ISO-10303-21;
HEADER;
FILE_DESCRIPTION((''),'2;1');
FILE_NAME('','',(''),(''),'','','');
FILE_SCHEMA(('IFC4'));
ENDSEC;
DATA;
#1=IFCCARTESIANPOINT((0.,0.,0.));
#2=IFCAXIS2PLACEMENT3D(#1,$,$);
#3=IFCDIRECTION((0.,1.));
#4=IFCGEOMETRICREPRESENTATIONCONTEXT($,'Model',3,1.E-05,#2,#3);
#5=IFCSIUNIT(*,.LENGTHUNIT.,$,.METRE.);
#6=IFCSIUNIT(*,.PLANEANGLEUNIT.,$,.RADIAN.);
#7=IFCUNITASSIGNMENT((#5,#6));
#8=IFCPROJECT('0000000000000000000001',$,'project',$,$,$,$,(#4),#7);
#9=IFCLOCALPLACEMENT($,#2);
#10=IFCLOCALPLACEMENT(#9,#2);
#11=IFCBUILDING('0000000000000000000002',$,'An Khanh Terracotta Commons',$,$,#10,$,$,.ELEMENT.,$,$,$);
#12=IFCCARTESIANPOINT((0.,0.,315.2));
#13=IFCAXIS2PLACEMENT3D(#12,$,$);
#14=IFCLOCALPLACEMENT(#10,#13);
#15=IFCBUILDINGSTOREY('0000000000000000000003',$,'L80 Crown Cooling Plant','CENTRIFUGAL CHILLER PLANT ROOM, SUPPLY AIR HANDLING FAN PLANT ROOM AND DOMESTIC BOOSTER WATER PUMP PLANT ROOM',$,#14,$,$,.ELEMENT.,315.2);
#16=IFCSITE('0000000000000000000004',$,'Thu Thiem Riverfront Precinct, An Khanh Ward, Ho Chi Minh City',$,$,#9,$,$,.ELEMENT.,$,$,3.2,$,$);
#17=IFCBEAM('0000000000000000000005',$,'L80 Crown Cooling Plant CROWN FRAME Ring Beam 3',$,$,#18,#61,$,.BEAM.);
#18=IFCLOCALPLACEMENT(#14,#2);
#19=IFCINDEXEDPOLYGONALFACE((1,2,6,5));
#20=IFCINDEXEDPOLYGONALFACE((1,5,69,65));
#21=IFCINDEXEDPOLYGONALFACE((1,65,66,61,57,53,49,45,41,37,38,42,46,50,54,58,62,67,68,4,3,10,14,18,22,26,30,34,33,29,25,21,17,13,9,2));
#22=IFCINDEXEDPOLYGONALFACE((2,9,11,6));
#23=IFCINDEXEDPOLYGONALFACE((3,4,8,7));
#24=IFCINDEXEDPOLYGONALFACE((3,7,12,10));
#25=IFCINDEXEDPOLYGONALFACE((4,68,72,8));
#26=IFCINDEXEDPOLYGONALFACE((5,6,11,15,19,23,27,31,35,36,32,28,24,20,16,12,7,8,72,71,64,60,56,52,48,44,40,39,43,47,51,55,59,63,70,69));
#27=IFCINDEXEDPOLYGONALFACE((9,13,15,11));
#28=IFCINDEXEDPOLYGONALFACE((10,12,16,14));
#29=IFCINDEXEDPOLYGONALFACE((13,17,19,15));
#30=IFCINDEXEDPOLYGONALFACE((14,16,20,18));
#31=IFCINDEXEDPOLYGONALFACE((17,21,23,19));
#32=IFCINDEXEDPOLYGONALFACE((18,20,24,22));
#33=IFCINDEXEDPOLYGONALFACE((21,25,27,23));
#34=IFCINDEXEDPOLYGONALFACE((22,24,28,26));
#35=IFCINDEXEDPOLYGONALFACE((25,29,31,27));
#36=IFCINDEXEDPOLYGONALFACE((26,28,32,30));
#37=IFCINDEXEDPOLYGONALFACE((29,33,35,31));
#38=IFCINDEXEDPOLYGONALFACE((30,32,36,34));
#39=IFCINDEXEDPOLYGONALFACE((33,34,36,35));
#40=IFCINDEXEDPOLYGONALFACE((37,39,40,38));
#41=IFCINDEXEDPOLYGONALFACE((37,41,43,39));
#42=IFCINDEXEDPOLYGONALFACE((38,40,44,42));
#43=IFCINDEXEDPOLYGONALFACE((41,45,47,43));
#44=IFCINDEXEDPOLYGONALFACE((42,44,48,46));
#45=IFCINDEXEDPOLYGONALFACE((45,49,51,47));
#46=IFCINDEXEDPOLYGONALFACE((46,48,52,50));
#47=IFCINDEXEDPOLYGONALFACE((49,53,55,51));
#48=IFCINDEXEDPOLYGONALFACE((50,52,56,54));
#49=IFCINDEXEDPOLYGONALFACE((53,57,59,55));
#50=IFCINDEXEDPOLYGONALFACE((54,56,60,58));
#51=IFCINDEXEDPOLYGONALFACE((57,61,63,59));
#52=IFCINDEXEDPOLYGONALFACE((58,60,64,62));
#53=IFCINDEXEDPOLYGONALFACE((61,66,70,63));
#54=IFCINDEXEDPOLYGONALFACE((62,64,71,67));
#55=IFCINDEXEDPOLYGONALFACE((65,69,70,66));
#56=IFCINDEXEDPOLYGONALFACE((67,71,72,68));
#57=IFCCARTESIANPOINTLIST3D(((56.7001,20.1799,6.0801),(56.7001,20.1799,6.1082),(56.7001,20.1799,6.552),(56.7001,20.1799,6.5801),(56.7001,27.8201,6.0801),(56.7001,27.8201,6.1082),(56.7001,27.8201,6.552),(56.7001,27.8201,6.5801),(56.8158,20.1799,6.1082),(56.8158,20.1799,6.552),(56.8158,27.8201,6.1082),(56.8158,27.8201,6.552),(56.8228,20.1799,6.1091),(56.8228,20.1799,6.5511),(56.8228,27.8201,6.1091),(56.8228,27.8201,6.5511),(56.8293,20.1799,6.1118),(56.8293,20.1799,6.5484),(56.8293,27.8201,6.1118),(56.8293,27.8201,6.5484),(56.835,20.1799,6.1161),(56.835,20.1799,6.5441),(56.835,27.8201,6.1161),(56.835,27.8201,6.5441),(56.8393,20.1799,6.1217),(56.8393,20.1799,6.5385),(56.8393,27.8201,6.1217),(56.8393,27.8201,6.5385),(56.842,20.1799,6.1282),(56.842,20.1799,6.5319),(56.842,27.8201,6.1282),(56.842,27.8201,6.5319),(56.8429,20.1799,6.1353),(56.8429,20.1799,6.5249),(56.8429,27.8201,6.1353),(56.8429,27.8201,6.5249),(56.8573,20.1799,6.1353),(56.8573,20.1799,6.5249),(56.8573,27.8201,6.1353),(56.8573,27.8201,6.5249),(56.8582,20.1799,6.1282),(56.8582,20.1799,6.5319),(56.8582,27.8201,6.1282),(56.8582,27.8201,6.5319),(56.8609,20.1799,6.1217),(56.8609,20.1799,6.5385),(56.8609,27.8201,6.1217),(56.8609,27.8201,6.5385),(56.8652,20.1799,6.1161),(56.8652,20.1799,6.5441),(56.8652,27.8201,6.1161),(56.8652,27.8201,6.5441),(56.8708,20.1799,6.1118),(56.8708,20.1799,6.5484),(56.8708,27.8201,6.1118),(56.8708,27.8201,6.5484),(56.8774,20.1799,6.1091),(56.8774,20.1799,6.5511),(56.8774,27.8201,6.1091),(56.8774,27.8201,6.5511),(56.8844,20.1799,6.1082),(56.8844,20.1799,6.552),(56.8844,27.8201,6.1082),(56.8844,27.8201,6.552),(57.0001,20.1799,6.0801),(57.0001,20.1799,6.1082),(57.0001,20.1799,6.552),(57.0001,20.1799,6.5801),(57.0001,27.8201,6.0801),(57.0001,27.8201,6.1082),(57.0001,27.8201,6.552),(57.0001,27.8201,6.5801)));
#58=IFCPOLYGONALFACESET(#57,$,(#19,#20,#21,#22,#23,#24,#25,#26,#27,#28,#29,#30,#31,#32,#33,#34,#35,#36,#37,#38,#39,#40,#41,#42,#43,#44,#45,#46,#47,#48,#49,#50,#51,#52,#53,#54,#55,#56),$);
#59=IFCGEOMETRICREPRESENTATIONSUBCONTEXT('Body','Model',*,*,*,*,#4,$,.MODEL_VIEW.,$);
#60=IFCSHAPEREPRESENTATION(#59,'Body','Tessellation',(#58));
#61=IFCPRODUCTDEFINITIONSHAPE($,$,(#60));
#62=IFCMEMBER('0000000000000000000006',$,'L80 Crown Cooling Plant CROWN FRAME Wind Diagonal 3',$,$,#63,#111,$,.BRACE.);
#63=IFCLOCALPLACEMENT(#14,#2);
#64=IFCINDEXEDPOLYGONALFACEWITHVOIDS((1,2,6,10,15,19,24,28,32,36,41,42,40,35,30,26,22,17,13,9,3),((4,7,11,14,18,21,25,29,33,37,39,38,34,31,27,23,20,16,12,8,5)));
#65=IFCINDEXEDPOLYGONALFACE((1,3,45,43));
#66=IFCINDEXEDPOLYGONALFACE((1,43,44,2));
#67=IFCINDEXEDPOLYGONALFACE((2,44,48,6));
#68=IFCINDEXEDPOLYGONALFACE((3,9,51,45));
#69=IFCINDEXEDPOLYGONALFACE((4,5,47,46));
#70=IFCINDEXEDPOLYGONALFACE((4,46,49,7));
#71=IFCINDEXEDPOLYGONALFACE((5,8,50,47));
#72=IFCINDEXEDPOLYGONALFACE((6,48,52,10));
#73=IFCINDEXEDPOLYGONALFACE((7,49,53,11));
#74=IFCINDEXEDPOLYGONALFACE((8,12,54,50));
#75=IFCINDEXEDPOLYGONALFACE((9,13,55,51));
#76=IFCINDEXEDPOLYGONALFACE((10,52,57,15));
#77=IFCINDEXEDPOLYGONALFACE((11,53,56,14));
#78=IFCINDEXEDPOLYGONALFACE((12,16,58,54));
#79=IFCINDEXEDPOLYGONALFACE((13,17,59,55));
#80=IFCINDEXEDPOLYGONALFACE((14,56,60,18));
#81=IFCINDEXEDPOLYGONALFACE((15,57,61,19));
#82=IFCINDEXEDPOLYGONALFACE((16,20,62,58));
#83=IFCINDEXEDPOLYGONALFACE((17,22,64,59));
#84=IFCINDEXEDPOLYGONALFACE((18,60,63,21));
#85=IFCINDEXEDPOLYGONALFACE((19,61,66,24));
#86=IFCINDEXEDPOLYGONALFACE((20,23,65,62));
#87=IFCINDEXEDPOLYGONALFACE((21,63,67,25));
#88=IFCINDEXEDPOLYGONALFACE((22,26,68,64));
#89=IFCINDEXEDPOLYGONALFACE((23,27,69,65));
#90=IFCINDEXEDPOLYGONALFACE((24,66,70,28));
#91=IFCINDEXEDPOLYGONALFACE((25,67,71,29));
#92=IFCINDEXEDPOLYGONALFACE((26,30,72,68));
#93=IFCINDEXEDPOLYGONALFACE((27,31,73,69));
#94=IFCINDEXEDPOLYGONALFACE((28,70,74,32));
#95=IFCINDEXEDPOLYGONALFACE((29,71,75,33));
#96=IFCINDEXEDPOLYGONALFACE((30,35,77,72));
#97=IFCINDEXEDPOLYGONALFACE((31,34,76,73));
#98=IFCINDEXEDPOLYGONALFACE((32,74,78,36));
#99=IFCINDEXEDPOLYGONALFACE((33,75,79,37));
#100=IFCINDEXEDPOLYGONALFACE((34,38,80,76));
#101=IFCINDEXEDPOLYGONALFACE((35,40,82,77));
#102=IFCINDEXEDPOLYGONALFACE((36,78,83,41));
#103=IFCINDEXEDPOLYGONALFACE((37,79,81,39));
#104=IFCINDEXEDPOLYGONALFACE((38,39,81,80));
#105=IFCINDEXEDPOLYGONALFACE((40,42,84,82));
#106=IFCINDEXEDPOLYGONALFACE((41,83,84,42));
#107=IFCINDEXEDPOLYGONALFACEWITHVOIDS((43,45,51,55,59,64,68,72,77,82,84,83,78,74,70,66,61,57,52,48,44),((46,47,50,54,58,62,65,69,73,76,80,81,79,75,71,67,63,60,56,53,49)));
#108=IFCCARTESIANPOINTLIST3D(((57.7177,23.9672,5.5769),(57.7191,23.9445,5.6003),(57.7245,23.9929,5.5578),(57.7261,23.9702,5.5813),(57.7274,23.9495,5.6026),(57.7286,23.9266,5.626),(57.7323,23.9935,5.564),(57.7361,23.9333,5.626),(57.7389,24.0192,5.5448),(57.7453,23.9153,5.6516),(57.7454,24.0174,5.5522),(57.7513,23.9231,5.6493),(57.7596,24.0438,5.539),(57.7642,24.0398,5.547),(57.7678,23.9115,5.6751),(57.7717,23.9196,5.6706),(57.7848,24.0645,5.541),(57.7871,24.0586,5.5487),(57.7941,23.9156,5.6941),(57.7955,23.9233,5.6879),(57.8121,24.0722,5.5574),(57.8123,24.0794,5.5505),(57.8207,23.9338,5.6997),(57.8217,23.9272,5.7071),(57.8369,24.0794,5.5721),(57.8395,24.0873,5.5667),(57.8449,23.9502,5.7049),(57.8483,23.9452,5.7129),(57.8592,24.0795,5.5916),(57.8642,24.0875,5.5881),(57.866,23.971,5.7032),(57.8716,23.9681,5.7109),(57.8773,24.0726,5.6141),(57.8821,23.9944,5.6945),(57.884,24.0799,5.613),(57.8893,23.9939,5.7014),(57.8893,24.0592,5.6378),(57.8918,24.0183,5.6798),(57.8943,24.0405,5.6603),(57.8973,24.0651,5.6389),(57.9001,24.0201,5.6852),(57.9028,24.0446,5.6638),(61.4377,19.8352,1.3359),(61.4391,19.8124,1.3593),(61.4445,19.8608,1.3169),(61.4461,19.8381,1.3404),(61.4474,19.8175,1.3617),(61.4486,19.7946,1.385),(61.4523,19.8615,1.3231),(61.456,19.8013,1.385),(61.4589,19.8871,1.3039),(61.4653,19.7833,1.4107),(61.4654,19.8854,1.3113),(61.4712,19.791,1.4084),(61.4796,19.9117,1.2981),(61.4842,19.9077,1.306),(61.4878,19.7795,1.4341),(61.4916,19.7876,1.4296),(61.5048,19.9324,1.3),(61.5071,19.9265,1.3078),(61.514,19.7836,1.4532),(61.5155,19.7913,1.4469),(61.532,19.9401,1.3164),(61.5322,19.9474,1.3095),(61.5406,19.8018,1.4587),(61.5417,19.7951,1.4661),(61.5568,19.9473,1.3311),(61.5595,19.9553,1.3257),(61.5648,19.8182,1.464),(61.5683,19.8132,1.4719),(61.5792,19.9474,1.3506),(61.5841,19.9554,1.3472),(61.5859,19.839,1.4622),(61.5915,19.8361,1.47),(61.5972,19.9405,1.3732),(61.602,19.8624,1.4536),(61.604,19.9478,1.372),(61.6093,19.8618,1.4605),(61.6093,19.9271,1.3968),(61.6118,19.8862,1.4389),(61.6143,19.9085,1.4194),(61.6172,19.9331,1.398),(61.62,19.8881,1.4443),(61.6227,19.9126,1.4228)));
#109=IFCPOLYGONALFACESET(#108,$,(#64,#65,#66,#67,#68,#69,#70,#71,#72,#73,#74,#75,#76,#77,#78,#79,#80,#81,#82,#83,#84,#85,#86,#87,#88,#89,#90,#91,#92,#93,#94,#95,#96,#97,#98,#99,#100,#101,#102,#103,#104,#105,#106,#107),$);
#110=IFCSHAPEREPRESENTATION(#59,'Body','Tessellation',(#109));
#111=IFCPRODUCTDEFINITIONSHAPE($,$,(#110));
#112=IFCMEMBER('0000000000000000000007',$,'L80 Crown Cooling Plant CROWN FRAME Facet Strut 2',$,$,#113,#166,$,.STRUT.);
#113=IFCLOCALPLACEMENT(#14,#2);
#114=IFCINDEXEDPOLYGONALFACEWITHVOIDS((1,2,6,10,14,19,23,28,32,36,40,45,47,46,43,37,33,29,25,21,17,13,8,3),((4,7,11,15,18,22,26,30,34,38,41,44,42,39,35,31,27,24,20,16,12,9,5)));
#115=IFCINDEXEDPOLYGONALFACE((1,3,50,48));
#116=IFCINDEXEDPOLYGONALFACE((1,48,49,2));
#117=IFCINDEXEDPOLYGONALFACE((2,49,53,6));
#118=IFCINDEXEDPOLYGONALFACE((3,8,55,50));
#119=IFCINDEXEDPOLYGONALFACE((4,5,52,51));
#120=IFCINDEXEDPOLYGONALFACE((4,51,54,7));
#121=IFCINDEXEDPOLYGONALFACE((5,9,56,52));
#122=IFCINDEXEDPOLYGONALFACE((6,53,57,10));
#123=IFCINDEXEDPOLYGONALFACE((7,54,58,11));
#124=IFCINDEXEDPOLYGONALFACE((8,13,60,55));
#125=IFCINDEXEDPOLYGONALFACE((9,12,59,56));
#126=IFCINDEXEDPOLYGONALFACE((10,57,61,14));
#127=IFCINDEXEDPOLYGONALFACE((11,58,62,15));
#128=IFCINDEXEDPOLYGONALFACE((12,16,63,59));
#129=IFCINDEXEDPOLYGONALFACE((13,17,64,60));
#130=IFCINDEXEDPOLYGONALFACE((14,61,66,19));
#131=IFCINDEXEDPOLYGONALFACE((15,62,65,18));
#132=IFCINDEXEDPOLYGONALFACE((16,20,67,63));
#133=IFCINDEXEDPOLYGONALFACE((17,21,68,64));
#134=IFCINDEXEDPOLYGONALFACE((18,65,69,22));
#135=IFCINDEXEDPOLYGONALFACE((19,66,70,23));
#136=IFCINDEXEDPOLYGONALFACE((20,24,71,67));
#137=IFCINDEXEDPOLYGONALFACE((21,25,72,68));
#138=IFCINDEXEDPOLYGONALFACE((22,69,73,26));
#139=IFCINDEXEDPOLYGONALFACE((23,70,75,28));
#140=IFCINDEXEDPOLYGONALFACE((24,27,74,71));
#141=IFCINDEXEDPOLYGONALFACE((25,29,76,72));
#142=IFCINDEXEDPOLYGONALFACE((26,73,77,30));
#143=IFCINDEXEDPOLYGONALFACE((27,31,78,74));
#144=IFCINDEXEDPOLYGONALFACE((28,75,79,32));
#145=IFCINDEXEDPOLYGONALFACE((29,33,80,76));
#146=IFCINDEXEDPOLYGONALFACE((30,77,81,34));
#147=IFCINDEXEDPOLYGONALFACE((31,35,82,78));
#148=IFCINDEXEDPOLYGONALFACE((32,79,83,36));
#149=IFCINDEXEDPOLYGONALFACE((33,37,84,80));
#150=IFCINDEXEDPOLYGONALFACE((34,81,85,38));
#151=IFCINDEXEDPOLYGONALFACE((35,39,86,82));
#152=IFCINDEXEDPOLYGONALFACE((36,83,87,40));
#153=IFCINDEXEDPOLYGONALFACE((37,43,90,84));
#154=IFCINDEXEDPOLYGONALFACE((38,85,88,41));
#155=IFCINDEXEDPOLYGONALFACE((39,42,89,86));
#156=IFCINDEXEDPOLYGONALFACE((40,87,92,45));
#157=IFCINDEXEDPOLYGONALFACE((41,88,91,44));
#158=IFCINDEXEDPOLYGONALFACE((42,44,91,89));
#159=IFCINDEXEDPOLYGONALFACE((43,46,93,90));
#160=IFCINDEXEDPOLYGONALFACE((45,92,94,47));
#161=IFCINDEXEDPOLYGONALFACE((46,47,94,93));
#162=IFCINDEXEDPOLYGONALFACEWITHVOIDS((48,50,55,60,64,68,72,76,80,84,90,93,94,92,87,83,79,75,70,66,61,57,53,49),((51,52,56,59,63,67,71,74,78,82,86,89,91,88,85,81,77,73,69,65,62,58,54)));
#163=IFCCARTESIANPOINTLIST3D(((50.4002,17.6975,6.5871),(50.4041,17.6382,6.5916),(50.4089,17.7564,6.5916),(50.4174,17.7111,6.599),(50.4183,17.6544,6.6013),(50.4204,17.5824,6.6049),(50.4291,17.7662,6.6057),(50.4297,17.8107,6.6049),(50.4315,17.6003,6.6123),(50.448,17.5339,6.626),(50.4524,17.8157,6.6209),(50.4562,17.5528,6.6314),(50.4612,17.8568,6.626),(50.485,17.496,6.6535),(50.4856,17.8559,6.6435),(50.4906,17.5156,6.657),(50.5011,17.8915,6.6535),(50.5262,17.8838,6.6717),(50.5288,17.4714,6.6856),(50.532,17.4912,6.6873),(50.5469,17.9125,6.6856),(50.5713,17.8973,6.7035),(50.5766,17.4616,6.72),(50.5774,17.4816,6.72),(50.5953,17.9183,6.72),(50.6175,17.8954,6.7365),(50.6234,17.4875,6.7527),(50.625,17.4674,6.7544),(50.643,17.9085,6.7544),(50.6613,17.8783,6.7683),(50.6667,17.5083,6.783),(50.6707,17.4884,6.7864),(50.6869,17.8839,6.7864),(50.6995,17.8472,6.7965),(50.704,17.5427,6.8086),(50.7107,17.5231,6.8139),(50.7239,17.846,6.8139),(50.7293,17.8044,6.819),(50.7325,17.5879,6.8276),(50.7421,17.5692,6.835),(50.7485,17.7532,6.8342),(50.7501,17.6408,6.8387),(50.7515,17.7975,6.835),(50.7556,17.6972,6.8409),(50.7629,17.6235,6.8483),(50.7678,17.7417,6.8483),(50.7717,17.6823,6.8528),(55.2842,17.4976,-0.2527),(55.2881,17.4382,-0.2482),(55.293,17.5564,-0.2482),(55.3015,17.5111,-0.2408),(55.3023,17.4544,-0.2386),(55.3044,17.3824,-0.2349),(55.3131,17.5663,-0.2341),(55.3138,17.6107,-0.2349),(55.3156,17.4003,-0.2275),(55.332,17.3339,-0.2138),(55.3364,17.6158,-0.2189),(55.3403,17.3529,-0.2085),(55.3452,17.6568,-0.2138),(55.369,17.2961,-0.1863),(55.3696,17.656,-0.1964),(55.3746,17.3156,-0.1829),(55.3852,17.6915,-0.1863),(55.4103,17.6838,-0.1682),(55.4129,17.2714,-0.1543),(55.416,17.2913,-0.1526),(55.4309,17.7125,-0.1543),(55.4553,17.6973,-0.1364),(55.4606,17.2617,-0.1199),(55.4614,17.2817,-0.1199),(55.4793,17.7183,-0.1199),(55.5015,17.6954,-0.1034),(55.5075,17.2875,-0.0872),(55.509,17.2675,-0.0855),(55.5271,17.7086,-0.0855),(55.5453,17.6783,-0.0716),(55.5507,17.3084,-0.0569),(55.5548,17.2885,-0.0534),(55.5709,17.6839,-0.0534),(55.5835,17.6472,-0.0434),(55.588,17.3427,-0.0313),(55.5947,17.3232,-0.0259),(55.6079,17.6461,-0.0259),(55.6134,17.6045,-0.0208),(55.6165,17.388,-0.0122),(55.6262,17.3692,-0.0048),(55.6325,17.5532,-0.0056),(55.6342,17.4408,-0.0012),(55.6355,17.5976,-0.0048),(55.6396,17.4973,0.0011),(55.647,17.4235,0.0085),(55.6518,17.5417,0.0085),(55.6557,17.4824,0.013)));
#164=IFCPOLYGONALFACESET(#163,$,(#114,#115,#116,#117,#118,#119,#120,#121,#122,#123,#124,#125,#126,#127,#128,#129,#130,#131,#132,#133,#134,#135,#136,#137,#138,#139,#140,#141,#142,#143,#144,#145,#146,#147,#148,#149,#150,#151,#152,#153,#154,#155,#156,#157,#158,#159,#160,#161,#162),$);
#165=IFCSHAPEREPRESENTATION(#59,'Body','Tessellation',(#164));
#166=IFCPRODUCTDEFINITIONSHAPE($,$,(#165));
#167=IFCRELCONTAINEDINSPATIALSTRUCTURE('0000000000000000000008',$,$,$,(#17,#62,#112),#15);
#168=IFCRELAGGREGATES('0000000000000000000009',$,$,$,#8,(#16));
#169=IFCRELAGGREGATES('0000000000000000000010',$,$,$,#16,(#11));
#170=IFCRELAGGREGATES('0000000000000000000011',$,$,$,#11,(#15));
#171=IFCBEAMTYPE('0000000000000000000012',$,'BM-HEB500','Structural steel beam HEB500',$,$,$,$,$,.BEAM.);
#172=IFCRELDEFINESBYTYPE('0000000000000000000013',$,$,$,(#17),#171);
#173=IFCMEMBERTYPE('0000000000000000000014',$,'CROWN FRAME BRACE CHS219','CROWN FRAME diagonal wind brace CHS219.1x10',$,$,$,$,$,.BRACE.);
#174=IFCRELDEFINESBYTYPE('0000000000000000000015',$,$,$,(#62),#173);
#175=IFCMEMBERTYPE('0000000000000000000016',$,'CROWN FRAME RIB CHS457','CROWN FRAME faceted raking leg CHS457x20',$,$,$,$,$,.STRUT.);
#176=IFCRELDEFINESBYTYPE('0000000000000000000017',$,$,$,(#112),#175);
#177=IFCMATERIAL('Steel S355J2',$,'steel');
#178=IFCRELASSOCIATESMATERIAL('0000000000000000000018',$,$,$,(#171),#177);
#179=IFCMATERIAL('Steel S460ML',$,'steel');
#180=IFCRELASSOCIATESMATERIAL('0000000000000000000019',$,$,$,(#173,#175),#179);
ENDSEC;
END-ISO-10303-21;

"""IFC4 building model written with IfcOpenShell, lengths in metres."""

from ifc_helpers import new_model, si_unit, direction, frame, origin, origin_2d, place, context, subcontext, project, spatial, hollow_circle, i_section, extrude, material, material_profile, profile_set, type_object, element, save


model = new_model("IFC4")

# Units and contexts
model_context = context("Model", 3, precision=1e-05, world=origin(), true_north=direction((0.0, 1.0)))
body_context = subcontext(model_context, "Body", "Model", "MODEL_VIEW")
ifc_project = project(units=[si_unit("LENGTHUNIT", "METRE"), si_unit("PLANEANGLEUNIT", "RADIAN")], contexts=[model_context])

# Site, building, storey
site_placement = place(None, origin())
site = spatial("IfcSite", under=ifc_project, at=site_placement, Name="Thu Thiem Riverfront Precinct, An Khanh Ward, Ho Chi Minh City", CompositionType="ELEMENT", RefElevation=3.2)
building_placement = place(site_placement, origin())
building = spatial("IfcBuilding", under=site, at=building_placement, Name="An Khanh Terracotta Commons", CompositionType="ELEMENT")
storey_placement = place(building_placement, frame((0.0, 0.0, 315.2)))
storey = spatial("IfcBuildingStorey", under=building, at=storey_placement, Name="L80 Crown Cooling Plant", Description="CENTRIFUGAL CHILLER PLANT ROOM, SUPPLY AIR HANDLING FAN PLANT ROOM AND DOMESTIC BOOSTER WATER PUMP PLANT ROOM", CompositionType="ELEMENT", Elevation=315.2)

# Beam
ifc_material_1 = material(Name="Steel S355J2", Category="steel")
ifc_material_profile_1 = material_profile(ifc_material_1, i_section(OverallWidth=0.3, OverallDepth=0.5, WebThickness=0.0144, FlangeThickness=0.0281, FilletRadius=0.0271, at=origin_2d()), Name="HEB500")
ifc_profile_set_1 = profile_set([ifc_material_profile_1], Name="Steel S355J2")
beam_type = type_object("IfcBeamType", Name="BM-HEB500", Description="Structural steel beam HEB500", PredefinedType="BEAM", material=ifc_profile_set_1)
beam_placement = place(storey_placement, frame((56.8501, 20.1799, 6.3301), z_axis=(0.0, 1.0, 0.0), x_axis=(-1.0, 0.0, 0.0)))
element("IfcBeam", 1, at=beam_placement, inside=storey, type_object=beam_type, Name="L80 Crown Cooling Plant CROWN FRAME Ring Beam 3", PredefinedType="BEAM", context=body_context, shape_type="SweptSolid", body=[
    extrude(i_section(OverallWidth=0.3, OverallDepth=0.5, WebThickness=0.0144, FlangeThickness=0.0281, FilletRadius=0.0271, at=origin_2d()), origin(), (0.0, 0.0, 1.0), 7.6401),
])

# Members
ifc_material_2 = material(Name="Steel S460ML", Category="steel")
ifc_material_profile_2 = material_profile(ifc_material_2, hollow_circle(Radius=0.1096, WallThickness=0.01, at=origin_2d()), Name="CHS219.1x10")
ifc_profile_set_2 = profile_set([ifc_material_profile_2], Name="Steel S460ML")
member_type_1 = type_object("IfcMemberType", Name="CROWN FRAME BRACE CHS219", Description="CROWN FRAME diagonal wind brace CHS219.1x10", PredefinedType="BRACE", material=ifc_profile_set_2)
member_1_placement = place(storey_placement, frame((61.53, 19.8679, 1.385), z_axis=(-0.531978, 0.590912, 0.606484), x_axis=(-0.743196, -0.669074, 0.0)))
element("IfcMember", 2, at=member_1_placement, inside=storey, type_object=member_type_1, Name="L80 Crown Cooling Plant CROWN FRAME Wind Diagonal 3", PredefinedType="BRACE", context=body_context, shape_type="SweptSolid", body=[
    extrude(hollow_circle(Radius=0.1096, WallThickness=0.01, at=origin_2d()), origin(), (0.0, 0.0, 1.0), 6.9927),
])
ifc_material_profile_3 = material_profile(ifc_material_2, hollow_circle(Radius=0.2285, WallThickness=0.02, at=origin_2d()), Name="CHS457x20")
ifc_profile_set_3 = profile_set([ifc_material_profile_3], Name="Steel S460ML")
member_type_2 = type_object("IfcMemberType", Name="CROWN FRAME RIB CHS457", Description="CROWN FRAME faceted raking leg CHS457x20", PredefinedType="STRUT", material=ifc_profile_set_3)
member_2_placement = place(storey_placement, frame((55.47, 17.49, -0.1199), z_axis=(-0.58095, 0.023784, 0.813592), x_axis=(-0.040905, -0.999163, 0.0)))
element("IfcMember", 3, at=member_2_placement, inside=storey, type_object=member_type_2, Name="L80 Crown Cooling Plant CROWN FRAME Facet Strut 2", PredefinedType="STRUT", context=body_context, shape_type="SweptSolid", body=[
    extrude(hollow_circle(Radius=0.2285, WallThickness=0.02, at=origin_2d()), origin(), (0.0, 0.0, 1.0), 8.407),
])

save(model, "model.ifc")
